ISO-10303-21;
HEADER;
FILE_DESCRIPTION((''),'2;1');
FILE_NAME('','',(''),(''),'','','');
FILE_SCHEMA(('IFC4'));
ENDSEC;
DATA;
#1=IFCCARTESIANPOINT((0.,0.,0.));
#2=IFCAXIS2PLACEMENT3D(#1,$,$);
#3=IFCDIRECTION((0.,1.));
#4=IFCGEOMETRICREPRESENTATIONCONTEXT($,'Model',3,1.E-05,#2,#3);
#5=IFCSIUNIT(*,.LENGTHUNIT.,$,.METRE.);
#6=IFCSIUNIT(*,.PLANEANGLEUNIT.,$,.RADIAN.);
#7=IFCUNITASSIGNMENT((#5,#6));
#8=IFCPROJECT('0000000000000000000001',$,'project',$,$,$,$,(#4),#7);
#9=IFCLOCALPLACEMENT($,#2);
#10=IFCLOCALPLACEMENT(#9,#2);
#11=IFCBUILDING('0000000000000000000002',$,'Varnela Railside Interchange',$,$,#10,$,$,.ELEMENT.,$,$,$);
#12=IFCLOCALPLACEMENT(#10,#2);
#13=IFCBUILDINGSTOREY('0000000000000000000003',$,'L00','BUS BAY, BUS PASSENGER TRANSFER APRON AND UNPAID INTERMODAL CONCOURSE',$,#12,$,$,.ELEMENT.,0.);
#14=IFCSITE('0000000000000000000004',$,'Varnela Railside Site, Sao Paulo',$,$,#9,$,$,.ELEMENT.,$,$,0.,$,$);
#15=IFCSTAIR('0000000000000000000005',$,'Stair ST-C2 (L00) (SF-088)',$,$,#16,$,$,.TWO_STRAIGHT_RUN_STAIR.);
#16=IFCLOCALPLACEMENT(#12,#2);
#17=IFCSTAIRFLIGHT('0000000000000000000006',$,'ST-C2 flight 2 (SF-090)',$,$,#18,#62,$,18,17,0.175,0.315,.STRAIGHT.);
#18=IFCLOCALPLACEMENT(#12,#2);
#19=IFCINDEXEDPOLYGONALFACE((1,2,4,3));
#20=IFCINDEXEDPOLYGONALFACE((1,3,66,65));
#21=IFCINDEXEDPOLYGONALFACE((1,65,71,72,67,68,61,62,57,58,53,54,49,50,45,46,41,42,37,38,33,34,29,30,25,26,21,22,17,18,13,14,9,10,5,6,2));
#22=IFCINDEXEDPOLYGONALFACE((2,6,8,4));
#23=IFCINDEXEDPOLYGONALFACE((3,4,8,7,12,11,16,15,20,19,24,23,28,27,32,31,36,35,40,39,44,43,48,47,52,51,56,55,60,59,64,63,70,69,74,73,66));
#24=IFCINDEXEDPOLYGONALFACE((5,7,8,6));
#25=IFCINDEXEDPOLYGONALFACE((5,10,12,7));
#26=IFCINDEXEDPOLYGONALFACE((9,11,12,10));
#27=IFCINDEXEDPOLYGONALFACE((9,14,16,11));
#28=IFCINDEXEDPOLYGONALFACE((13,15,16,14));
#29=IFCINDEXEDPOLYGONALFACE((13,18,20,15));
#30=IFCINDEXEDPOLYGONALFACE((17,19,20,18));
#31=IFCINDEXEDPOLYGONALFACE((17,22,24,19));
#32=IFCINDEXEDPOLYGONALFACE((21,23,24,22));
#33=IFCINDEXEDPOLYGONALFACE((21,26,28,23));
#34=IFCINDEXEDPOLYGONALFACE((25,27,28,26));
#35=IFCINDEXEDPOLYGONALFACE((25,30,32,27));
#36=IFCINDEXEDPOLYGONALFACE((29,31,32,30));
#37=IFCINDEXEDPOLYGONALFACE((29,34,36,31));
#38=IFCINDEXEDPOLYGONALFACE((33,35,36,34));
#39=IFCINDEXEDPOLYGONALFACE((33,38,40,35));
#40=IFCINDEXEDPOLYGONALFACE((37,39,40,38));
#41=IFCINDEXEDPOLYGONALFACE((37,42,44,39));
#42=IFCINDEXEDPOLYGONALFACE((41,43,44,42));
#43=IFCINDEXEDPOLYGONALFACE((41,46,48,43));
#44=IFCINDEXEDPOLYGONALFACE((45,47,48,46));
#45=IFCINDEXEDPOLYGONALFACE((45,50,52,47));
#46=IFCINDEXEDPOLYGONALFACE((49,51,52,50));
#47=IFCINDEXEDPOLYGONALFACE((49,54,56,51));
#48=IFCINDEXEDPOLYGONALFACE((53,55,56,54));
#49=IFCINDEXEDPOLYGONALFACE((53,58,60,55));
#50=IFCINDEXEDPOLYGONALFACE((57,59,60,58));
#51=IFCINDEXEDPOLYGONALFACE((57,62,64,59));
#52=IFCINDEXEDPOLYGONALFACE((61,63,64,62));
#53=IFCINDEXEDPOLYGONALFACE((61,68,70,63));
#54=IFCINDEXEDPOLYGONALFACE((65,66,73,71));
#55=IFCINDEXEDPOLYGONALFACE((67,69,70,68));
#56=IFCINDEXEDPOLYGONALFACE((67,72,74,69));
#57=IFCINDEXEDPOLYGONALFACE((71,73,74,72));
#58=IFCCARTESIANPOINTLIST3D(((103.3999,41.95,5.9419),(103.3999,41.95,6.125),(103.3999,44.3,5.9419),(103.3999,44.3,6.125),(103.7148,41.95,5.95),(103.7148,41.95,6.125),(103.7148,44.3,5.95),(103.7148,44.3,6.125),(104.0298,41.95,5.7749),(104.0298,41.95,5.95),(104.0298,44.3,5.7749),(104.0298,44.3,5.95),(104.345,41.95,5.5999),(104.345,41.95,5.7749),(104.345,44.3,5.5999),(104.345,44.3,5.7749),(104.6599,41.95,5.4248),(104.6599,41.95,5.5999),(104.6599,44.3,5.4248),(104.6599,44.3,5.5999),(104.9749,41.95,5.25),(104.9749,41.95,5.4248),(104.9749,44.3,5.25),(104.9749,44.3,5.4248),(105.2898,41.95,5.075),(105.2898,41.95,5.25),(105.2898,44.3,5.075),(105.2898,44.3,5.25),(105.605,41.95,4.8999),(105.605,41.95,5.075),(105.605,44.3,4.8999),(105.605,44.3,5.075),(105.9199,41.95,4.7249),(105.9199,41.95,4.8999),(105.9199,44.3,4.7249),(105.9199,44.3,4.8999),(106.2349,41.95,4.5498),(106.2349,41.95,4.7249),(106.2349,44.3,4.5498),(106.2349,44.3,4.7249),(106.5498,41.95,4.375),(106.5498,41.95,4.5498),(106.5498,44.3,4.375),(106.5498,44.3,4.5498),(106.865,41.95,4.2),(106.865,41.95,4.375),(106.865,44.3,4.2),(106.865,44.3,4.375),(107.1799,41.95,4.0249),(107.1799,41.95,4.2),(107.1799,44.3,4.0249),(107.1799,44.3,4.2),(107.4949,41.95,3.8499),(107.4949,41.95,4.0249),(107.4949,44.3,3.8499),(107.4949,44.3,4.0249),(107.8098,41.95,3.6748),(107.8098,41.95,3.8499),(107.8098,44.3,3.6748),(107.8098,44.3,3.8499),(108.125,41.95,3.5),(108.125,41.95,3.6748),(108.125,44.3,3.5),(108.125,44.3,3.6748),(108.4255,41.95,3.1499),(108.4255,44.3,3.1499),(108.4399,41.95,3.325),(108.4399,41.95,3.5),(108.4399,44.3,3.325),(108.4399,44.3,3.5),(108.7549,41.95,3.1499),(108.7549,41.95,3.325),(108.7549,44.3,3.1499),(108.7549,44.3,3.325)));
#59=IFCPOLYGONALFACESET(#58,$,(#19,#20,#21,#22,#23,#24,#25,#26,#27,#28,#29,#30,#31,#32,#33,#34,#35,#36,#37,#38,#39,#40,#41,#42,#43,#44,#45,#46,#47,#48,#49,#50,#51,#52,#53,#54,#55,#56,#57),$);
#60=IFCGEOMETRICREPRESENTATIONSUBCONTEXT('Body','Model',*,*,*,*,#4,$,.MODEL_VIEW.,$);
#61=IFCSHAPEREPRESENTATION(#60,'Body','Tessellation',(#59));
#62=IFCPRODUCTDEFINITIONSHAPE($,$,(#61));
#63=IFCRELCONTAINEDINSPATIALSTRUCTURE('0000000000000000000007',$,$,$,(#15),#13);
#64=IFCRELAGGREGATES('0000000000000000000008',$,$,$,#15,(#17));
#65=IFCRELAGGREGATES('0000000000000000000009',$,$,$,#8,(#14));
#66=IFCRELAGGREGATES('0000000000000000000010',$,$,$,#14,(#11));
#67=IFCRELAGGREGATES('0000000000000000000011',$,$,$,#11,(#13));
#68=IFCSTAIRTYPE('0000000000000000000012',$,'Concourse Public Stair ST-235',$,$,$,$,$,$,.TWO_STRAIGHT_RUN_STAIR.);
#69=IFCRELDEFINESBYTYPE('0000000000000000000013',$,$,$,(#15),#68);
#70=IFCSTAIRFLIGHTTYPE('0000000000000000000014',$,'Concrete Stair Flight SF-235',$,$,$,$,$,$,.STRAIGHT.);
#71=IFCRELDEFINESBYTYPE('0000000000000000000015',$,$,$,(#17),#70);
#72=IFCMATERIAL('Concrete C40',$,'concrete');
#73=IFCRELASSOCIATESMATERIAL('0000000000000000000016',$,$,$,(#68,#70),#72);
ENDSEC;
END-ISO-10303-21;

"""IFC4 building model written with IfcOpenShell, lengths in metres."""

from ifc_helpers import new_model, si_unit, direction, frame, origin, place, context, subcontext, project, spatial, polyline, outline, extrude, material, type_object, element, aggregate, save


model = new_model("IFC4")

# Units and contexts
model_context = context("Model", 3, precision=1e-05, world=origin(), true_north=direction((0.0, 1.0)))
body_context = subcontext(model_context, "Body", "Model", "MODEL_VIEW")
ifc_project = project(units=[si_unit("LENGTHUNIT", "METRE"), si_unit("PLANEANGLEUNIT", "RADIAN")], contexts=[model_context])

# Site, building, storey
site_placement = place(None, origin())
site = spatial("IfcSite", under=ifc_project, at=site_placement, Name="Varnela Railside Site, Sao Paulo", CompositionType="ELEMENT", RefElevation=0.0)
building_placement = place(site_placement, origin())
building = spatial("IfcBuilding", under=site, at=building_placement, Name="Varnela Railside Interchange", CompositionType="ELEMENT")
storey_placement = place(building_placement, origin())
storey = spatial("IfcBuildingStorey", under=building, at=storey_placement, Name="L00", Description="BUS BAY, BUS PASSENGER TRANSFER APRON AND UNPAID INTERMODAL CONCOURSE", CompositionType="ELEMENT", Elevation=0.0)

# Shared definitions
ifc_material_1 = material(Name="Concrete C40", Category="concrete")

# Stair, stair flight
stair_type = type_object("IfcStairType", Name="Concourse Public Stair ST-235", PredefinedType="TWO_STRAIGHT_RUN_STAIR", material=ifc_material_1)
stair_placement = place(storey_placement, origin())
stair = element("IfcStair", 1, at=stair_placement, inside=storey, type_object=stair_type, Name="Stair ST-C2 (L00) (SF-088)", PredefinedType="TWO_STRAIGHT_RUN_STAIR")
stair_flight_type = type_object("IfcStairFlightType", Name="Concrete Stair Flight SF-235", PredefinedType="STRAIGHT", material=ifc_material_1)
stair_flight_placement = place(storey_placement, frame((108.7549, 43.125, 3.1499), z_axis=(0.0, 0.0, 1.0), x_axis=(-1.0, 0.0, 0.0)))
stair_flight = element("IfcStairFlight", 2, at=stair_flight_placement, type_object=stair_flight_type, Name="ST-C2 flight 2 (SF-090)", NumberOfRisers=18, NumberOfTreads=17, PredefinedType="STRAIGHT", RiserHeight=0.175, TreadLength=0.315, context=body_context, shape_type="SweptSolid", body=[
    extrude(outline(polyline([(0.0, 0.0), (0.0, 0.175), (0.3149, 0.175), (0.3149, 0.3501), (0.6299, 0.3501), (0.6299, 0.5249), (0.9451, 0.5249), (0.9451, 0.7), (1.26, 0.7), (1.26, 0.875), (1.575, 0.875), (1.575, 1.05), (1.8899, 1.05), (1.8899, 1.2251), (2.2051, 1.2251), (2.2051, 1.3999), (2.52, 1.3999), (2.52, 1.575), (2.835, 1.575), (2.835, 1.75), (3.1499, 1.75), (3.1499, 1.925), (3.4651, 1.925), (3.4651, 2.1001), (3.78, 2.1001), (3.78, 2.2749), (4.095, 2.2749), (4.095, 2.45), (4.4099, 2.45), (4.4099, 2.625), (4.7251, 2.625), (4.7251, 2.8), (5.04, 2.8), (5.04, 2.9751), (5.355, 2.9751), (5.355, 3.1499), (5.355, 2.792), (0.3293, 0.0), (0.0, 0.0)])), frame((0.0, 1.175, 0.0), z_axis=(0.0, -1.0, 0.0), x_axis=(1.0, 0.0, 0.0)), (0.0, 0.0, 1.0), 2.3501),
])
aggregate(stair, [stair_flight])

save(model, "model.ifc")
